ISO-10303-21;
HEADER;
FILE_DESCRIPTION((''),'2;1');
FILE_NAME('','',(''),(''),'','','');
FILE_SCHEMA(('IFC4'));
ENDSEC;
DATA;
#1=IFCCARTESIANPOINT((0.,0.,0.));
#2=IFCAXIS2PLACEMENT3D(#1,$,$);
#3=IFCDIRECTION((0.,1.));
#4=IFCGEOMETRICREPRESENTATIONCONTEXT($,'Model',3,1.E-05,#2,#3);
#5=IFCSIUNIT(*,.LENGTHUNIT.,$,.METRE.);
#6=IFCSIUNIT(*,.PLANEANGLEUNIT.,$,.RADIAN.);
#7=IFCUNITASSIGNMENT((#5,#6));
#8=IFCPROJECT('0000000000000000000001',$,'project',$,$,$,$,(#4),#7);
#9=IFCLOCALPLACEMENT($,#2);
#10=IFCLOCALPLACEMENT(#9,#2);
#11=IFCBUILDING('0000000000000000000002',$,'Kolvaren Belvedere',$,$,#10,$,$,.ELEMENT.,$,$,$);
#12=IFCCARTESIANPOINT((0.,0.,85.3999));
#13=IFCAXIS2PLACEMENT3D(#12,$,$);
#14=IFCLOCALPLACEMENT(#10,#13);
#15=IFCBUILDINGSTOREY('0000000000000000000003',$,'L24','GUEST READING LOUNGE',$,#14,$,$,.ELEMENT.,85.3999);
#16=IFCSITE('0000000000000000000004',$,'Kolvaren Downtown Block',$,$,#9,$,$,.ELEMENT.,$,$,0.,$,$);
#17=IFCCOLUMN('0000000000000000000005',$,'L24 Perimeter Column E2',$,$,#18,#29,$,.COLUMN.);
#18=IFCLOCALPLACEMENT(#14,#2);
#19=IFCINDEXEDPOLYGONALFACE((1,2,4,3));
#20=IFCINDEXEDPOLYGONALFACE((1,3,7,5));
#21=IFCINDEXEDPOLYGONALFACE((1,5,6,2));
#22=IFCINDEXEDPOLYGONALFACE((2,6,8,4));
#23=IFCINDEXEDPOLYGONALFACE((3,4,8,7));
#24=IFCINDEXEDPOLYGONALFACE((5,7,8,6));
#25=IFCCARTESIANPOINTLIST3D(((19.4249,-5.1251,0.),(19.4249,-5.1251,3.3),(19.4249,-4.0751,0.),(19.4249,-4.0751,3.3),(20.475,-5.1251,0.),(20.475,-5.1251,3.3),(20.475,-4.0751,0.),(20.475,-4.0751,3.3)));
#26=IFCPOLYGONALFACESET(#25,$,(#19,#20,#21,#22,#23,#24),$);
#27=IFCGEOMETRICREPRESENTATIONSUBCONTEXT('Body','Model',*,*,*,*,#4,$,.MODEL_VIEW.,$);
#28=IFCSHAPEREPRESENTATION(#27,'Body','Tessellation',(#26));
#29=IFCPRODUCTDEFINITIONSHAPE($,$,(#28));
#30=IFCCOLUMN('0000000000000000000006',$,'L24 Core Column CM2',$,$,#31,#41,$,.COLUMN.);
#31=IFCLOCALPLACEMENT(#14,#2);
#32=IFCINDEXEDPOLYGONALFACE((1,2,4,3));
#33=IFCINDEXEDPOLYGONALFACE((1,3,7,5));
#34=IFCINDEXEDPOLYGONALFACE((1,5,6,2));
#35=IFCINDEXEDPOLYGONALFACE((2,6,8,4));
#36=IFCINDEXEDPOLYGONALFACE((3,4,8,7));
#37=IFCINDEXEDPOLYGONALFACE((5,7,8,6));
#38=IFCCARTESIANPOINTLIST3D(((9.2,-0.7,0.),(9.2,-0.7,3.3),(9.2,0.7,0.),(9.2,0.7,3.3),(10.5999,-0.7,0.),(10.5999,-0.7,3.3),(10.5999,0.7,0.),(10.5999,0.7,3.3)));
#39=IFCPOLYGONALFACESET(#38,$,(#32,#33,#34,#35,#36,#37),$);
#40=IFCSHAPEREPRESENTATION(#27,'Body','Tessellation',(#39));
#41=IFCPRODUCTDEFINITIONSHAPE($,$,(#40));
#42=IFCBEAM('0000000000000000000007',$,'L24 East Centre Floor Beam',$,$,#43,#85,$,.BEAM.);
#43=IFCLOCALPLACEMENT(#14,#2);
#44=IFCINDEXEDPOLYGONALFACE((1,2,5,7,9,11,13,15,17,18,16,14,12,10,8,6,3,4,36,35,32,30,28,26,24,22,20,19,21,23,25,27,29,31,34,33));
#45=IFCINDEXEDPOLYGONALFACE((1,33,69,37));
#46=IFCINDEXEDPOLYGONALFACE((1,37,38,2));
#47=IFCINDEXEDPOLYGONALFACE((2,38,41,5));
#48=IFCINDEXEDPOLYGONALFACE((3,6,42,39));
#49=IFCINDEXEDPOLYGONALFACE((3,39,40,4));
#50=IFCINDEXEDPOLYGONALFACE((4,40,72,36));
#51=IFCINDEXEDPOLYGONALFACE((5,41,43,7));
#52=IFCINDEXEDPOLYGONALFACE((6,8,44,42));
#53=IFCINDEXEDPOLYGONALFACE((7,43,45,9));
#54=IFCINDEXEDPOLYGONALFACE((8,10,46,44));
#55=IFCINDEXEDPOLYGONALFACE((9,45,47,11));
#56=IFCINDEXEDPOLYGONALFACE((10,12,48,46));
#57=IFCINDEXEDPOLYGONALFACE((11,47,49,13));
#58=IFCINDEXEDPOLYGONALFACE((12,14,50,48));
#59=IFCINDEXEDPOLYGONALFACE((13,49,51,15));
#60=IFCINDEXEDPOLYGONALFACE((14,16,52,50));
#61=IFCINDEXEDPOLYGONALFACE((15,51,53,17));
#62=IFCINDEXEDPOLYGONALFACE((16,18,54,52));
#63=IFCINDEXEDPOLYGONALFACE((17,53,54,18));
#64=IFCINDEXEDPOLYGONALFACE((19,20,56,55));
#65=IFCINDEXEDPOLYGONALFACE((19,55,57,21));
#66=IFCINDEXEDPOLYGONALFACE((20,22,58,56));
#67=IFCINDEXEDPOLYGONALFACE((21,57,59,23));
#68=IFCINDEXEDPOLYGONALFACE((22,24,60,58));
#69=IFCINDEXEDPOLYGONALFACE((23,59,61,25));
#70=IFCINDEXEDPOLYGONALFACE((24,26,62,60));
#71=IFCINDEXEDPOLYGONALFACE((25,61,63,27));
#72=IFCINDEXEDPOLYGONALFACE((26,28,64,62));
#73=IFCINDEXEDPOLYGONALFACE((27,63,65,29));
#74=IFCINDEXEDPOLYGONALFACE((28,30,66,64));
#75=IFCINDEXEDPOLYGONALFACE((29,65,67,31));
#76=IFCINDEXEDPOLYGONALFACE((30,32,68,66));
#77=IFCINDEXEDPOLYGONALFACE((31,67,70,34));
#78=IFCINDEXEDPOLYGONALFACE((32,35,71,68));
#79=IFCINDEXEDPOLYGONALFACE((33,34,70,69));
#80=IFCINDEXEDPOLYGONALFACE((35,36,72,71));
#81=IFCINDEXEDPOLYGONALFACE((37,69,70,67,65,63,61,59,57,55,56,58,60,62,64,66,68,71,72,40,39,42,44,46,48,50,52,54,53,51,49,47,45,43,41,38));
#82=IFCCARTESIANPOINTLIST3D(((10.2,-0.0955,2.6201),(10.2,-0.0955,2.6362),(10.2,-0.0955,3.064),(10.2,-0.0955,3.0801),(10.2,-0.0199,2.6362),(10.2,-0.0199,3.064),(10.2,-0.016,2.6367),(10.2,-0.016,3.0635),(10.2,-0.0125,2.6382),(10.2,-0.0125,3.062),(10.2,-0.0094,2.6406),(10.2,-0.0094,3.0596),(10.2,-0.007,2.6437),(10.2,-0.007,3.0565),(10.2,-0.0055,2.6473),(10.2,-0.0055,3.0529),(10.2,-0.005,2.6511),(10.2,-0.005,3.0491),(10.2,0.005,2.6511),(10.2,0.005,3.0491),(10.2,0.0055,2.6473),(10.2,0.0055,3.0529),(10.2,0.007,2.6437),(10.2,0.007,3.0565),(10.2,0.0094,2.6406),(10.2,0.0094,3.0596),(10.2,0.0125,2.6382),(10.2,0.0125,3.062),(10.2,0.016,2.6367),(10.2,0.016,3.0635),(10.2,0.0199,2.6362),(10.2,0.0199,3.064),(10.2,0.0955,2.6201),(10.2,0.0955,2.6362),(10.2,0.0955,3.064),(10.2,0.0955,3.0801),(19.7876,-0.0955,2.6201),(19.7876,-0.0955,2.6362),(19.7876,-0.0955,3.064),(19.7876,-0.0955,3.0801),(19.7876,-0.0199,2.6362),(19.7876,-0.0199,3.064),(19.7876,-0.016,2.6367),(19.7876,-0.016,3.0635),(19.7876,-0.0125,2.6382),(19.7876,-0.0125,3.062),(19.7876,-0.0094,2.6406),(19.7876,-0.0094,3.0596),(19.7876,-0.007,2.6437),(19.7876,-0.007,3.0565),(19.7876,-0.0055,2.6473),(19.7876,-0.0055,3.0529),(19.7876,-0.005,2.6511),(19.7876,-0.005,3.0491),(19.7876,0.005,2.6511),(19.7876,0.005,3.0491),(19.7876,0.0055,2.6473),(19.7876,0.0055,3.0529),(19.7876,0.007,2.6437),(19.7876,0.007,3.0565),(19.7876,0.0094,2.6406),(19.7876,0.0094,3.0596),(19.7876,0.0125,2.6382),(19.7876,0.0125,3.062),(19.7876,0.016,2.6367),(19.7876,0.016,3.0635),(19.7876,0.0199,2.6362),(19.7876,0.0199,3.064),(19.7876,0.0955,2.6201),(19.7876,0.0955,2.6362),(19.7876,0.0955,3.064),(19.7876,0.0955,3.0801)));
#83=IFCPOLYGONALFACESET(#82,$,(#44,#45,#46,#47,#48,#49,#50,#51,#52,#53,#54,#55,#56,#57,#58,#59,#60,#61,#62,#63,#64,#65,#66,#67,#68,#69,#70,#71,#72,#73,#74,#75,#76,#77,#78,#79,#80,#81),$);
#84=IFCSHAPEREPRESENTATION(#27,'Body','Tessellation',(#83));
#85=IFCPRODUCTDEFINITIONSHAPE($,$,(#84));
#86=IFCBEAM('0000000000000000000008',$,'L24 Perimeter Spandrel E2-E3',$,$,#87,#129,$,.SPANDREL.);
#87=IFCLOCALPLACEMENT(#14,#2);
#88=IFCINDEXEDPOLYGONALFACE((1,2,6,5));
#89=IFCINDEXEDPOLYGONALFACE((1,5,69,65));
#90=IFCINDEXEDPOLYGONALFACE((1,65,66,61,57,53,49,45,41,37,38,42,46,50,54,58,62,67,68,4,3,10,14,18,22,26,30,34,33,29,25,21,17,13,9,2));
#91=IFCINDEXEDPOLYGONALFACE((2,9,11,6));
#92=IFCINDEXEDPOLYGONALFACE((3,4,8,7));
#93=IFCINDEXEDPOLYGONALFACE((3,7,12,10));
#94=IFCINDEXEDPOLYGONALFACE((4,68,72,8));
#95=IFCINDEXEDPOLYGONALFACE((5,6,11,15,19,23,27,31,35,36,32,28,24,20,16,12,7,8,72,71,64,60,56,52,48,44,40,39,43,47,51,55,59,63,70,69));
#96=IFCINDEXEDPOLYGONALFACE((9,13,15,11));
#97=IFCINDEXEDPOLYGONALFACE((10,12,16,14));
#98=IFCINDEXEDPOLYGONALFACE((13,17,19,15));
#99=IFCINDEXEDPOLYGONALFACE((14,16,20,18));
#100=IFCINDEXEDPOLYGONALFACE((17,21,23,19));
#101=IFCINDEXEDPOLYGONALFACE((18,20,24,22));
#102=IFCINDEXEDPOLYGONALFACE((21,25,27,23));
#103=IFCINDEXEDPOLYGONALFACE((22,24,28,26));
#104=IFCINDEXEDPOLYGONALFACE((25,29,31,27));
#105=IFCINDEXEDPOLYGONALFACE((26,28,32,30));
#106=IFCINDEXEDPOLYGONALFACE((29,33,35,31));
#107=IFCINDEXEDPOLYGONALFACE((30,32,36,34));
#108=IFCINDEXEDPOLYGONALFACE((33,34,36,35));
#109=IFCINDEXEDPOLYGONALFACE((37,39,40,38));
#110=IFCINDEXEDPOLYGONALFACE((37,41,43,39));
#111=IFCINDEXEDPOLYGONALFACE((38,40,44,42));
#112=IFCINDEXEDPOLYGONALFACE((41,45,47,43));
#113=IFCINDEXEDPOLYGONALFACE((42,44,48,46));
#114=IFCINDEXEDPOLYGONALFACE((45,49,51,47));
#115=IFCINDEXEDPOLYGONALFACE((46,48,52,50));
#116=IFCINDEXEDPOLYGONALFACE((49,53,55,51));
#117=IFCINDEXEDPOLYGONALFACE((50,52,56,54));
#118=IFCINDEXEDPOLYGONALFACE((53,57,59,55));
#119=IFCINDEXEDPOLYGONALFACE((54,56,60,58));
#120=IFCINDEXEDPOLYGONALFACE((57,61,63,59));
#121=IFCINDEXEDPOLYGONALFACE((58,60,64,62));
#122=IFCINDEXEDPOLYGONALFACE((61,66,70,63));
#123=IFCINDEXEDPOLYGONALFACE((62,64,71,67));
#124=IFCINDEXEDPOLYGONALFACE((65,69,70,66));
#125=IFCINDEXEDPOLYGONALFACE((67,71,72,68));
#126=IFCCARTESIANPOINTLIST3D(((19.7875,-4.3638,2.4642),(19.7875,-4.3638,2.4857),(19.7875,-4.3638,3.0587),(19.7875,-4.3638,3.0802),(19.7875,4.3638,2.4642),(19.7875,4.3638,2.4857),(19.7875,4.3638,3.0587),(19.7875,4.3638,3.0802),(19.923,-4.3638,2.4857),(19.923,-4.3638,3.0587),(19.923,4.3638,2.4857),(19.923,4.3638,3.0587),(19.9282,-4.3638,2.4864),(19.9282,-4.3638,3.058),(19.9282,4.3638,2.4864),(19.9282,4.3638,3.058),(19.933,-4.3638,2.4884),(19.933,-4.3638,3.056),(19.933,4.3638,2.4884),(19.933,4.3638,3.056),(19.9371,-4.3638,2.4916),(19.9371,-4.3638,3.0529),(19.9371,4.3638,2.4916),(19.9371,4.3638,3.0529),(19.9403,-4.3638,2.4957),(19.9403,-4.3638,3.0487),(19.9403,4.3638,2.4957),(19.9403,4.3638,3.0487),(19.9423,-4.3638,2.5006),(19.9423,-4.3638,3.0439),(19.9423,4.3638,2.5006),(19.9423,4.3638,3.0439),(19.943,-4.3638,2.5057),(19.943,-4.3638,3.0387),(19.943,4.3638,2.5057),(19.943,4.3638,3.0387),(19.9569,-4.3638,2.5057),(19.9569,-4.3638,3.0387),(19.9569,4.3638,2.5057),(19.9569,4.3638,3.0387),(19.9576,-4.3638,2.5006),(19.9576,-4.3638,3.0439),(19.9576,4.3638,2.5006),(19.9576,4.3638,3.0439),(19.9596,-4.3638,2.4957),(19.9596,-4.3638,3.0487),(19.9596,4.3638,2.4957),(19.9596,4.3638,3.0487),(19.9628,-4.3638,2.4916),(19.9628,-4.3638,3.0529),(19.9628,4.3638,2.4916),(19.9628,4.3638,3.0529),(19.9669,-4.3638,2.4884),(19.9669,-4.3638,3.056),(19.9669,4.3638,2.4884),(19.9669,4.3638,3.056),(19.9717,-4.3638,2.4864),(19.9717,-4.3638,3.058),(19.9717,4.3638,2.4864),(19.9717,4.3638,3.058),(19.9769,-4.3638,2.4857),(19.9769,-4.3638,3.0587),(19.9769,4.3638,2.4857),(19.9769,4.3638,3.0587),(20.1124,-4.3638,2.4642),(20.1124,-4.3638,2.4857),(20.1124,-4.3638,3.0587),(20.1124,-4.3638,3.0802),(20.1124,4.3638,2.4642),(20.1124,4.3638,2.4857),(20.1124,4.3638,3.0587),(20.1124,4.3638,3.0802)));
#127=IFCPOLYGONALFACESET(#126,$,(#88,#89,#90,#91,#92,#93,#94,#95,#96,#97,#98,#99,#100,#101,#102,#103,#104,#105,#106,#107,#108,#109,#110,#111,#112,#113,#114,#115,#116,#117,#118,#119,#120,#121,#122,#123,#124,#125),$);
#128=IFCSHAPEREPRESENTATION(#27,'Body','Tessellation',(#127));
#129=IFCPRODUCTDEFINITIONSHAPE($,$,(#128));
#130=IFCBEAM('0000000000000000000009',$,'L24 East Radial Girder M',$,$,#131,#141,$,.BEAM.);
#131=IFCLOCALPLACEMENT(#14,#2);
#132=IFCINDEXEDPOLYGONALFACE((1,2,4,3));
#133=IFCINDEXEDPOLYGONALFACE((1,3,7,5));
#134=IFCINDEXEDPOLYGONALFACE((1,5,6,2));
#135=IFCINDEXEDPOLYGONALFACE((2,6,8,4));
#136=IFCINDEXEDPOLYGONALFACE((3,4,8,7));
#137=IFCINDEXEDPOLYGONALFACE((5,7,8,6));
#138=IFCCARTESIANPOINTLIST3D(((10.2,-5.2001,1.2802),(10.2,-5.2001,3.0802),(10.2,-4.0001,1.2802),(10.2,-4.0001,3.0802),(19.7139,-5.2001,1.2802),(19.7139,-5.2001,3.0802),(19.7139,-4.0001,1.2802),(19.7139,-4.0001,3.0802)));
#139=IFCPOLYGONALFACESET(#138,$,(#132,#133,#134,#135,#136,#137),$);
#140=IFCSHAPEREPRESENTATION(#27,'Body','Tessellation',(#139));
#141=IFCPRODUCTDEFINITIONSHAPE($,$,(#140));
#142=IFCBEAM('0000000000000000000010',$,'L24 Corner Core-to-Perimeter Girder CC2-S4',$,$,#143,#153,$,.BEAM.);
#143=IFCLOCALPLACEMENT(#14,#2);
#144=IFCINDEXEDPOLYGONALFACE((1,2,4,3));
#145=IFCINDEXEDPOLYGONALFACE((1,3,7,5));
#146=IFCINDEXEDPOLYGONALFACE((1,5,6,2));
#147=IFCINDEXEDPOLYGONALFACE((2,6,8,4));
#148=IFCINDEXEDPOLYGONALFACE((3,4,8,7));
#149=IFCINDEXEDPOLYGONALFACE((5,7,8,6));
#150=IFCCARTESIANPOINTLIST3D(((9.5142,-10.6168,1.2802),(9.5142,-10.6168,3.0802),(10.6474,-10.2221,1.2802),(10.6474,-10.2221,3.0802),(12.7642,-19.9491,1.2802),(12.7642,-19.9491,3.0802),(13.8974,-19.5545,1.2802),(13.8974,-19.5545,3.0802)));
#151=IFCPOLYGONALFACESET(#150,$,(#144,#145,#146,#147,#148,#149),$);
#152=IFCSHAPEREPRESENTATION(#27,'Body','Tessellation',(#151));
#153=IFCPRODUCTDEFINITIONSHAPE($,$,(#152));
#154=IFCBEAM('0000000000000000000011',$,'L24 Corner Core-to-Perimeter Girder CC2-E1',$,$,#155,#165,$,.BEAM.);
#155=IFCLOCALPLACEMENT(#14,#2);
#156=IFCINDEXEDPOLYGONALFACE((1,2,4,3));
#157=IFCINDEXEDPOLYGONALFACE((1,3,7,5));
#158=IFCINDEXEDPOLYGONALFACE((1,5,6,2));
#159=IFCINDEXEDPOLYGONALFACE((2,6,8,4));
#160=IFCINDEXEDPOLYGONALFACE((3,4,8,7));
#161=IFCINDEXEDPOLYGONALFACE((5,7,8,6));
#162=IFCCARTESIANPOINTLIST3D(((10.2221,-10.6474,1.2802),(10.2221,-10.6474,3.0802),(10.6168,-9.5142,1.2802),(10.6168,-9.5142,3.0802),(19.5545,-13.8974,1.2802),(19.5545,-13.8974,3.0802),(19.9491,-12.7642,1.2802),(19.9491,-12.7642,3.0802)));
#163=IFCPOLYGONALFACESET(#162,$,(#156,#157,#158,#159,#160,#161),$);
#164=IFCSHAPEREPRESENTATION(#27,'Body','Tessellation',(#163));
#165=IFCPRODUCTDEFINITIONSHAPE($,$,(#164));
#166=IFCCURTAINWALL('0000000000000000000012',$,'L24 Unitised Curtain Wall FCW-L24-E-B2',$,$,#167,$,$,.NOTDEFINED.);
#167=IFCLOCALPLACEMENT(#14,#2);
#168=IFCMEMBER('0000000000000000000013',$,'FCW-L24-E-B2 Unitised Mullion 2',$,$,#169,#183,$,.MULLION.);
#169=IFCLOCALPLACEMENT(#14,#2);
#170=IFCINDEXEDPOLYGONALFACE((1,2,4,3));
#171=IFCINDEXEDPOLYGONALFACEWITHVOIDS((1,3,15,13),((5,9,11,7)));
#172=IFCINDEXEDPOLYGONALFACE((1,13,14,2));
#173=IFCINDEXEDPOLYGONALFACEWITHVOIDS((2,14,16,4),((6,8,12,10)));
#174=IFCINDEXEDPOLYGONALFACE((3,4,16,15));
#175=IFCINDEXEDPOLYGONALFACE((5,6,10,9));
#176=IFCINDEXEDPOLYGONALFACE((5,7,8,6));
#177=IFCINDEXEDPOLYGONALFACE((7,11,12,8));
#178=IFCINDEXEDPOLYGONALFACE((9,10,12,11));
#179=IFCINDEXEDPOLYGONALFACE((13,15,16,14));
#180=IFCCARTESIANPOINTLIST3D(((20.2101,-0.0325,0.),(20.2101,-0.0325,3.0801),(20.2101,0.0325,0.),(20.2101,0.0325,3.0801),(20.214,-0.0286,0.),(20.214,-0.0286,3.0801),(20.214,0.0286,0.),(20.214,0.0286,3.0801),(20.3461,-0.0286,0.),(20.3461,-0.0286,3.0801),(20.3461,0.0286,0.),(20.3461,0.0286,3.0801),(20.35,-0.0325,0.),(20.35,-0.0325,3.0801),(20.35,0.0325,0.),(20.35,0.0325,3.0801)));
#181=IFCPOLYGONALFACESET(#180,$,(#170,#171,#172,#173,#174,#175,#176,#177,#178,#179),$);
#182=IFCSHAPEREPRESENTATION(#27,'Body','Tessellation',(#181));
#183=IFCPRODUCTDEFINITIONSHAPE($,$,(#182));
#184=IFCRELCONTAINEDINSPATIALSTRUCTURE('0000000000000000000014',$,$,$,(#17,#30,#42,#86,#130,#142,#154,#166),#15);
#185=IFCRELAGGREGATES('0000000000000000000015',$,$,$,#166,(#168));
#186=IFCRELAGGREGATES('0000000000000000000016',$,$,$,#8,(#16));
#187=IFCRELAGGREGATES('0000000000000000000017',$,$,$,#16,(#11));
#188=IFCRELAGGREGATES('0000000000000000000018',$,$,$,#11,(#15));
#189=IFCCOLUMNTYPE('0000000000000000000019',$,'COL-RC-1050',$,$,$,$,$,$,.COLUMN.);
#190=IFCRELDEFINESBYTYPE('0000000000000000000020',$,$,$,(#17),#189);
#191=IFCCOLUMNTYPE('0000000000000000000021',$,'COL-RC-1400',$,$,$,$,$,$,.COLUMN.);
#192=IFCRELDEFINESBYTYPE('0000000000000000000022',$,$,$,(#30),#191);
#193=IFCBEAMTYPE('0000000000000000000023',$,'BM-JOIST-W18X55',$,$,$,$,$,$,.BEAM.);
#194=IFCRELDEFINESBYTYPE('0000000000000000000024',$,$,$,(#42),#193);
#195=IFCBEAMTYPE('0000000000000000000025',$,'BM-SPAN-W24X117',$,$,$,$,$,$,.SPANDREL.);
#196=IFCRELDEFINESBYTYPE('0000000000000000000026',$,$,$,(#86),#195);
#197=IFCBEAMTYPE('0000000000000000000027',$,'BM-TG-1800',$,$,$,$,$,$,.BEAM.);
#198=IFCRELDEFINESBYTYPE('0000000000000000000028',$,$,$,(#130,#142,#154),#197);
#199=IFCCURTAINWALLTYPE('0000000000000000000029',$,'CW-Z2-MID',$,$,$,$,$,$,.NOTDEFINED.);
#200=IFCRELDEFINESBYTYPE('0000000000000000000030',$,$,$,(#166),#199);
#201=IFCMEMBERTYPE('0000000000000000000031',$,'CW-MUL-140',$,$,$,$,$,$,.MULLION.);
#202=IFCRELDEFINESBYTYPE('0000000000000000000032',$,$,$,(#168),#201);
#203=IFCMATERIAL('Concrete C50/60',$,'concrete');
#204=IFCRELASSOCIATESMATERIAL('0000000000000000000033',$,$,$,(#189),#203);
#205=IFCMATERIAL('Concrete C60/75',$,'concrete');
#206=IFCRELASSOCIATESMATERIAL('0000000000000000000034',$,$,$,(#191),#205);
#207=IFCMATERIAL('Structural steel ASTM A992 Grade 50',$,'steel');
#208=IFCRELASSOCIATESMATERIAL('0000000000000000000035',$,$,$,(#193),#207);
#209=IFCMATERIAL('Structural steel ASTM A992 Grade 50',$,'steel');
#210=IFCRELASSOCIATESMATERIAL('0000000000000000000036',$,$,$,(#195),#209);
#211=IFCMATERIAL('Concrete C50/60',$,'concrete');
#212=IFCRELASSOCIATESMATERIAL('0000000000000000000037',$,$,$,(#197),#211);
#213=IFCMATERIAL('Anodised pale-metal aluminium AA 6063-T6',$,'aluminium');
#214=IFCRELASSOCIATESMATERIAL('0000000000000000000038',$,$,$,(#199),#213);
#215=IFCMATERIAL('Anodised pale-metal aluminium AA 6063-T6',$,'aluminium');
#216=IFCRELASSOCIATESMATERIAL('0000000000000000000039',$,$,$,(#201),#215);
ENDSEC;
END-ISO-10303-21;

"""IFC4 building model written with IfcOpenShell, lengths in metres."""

from ifc_helpers import new_model, si_unit, direction, frame, origin, origin_2d, place, context, subcontext, project, spatial, rectangle, hollow_rectangle, i_section, extrude, material, material_profile, profile_set, type_object, element, aggregate, save


model = new_model("IFC4")

# Units and contexts
model_context = context("Model", 3, precision=1e-05, world=origin(), true_north=direction((0.0, 1.0)))
body_context = subcontext(model_context, "Body", "Model", "MODEL_VIEW")
ifc_project = project(units=[si_unit("LENGTHUNIT", "METRE"), si_unit("PLANEANGLEUNIT", "RADIAN")], contexts=[model_context])

# Site, building, storey
site_placement = place(None, origin())
site = spatial("IfcSite", under=ifc_project, at=site_placement, Name="Kolvaren Downtown Block", CompositionType="ELEMENT", RefElevation=0.0)
building_placement = place(site_placement, origin())
building = spatial("IfcBuilding", under=site, at=building_placement, Name="Kolvaren Belvedere", CompositionType="ELEMENT")
storey_placement = place(building_placement, frame((0.0, 0.0, 85.3999)))
storey = spatial("IfcBuildingStorey", under=building, at=storey_placement, Name="L24", Description="GUEST READING LOUNGE", CompositionType="ELEMENT", Elevation=85.3999)

# Columns
ifc_material_1 = material(Name="Concrete C50/60", Category="concrete")
ifc_material_profile_1 = material_profile(ifc_material_1, rectangle(XDim=1.05, YDim=1.05, at=origin_2d()), Name="RC 1050X1050")
ifc_profile_set_1 = profile_set([ifc_material_profile_1], Name="Concrete C50/60")
column_type_1 = type_object("IfcColumnType", Name="COL-RC-1050", PredefinedType="COLUMN", material=ifc_profile_set_1)
column_1_placement = place(storey_placement, frame((19.95, -4.6001, 0.0), z_axis=(0.0, 0.0, 1.0), x_axis=(1.0, 0.0, 0.0)))
element("IfcColumn", 1, at=column_1_placement, inside=storey, type_object=column_type_1, Name="L24 Perimeter Column E2", PredefinedType="COLUMN", context=body_context, shape_type="SweptSolid", body=[
    extrude(rectangle(XDim=1.05, YDim=1.05, at=origin_2d()), origin(), (0.0, 0.0, 1.0), 3.3),
])
ifc_material_2 = material(Name="Concrete C60/75", Category="concrete")
ifc_material_profile_2 = material_profile(ifc_material_2, rectangle(XDim=1.3999, YDim=1.3999, at=origin_2d()), Name="RC 1400X1400")
ifc_profile_set_2 = profile_set([ifc_material_profile_2], Name="Concrete C60/75")
column_type_2 = type_object("IfcColumnType", Name="COL-RC-1400", PredefinedType="COLUMN", material=ifc_profile_set_2)
column_2_placement = place(storey_placement, frame((9.8999, 0.0, 0.0), z_axis=(0.0, 0.0, 1.0), x_axis=(1.0, 0.0, 0.0)))
element("IfcColumn", 2, at=column_2_placement, inside=storey, type_object=column_type_2, Name="L24 Core Column CM2", PredefinedType="COLUMN", context=body_context, shape_type="SweptSolid", body=[
    extrude(rectangle(XDim=1.3999, YDim=1.3999, at=origin_2d()), origin(), (0.0, 0.0, 1.0), 3.3),
])

# Beams
ifc_material_3 = material(Name="Structural steel ASTM A992 Grade 50", Category="steel")
ifc_material_profile_3 = material_profile(ifc_material_3, i_section(OverallWidth=0.1909, OverallDepth=0.46, WebThickness=0.01, FlangeThickness=0.0161, FilletRadius=0.0149, at=origin_2d()), Name="W18X55")
ifc_profile_set_3 = profile_set([ifc_material_profile_3], Name="Structural steel ASTM A992 Grade 50")
beam_type_1 = type_object("IfcBeamType", Name="BM-JOIST-W18X55", PredefinedType="BEAM", material=ifc_profile_set_3)
beam_1_placement = place(storey_placement, frame((10.2, 0.0, 2.8501), z_axis=(1.0, 0.0, 0.0), x_axis=(0.0, 1.0, 0.0)))
element("IfcBeam", 3, at=beam_1_placement, inside=storey, type_object=beam_type_1, Name="L24 East Centre Floor Beam", PredefinedType="BEAM", context=body_context, shape_type="SweptSolid", body=[
    extrude(i_section(OverallWidth=0.1909, OverallDepth=0.46, WebThickness=0.01, FlangeThickness=0.0161, FilletRadius=0.0149, at=origin_2d()), origin(), (0.0, 0.0, 1.0), 9.5876),
])
ifc_material_4 = material(Name="Structural steel ASTM A992 Grade 50", Category="steel")
ifc_material_profile_4 = material_profile(ifc_material_4, i_section(OverallWidth=0.325, OverallDepth=0.616, WebThickness=0.0139, FlangeThickness=0.0215, FilletRadius=0.02, at=origin_2d()), Name="W24X117")
ifc_profile_set_4 = profile_set([ifc_material_profile_4], Name="Structural steel ASTM A992 Grade 50")
beam_type_2 = type_object("IfcBeamType", Name="BM-SPAN-W24X117", PredefinedType="SPANDREL", material=ifc_profile_set_4)
beam_2_placement = place(storey_placement, frame((19.95, -4.3638, 2.7722), z_axis=(0.0, 1.0, 0.0), x_axis=(-1.0, 0.0, 0.0)))
element("IfcBeam", 4, at=beam_2_placement, inside=storey, type_object=beam_type_2, Name="L24 Perimeter Spandrel E2-E3", PredefinedType="SPANDREL", context=body_context, shape_type="SweptSolid", body=[
    extrude(i_section(OverallWidth=0.325, OverallDepth=0.616, WebThickness=0.0139, FlangeThickness=0.0215, FilletRadius=0.02, at=origin_2d()), origin(), (0.0, 0.0, 1.0), 8.7275),
])
ifc_material_5 = material(Name="Concrete C50/60", Category="concrete")
ifc_material_profile_5 = material_profile(ifc_material_5, rectangle(XDim=1.2, YDim=1.8, at=origin_2d()), Name="RC 1200X1800")
ifc_profile_set_5 = profile_set([ifc_material_profile_5], Name="Concrete C50/60")
beam_type_3 = type_object("IfcBeamType", Name="BM-TG-1800", PredefinedType="BEAM", material=ifc_profile_set_5)
beam_3_placement = place(storey_placement, frame((10.2, -4.6001, 2.1802), z_axis=(1.0, 0.0, 0.0), x_axis=(0.0, 1.0, 0.0)))
element("IfcBeam", 5, at=beam_3_placement, inside=storey, type_object=beam_type_3, Name="L24 East Radial Girder M", PredefinedType="BEAM", context=body_context, shape_type="SweptSolid", body=[
    extrude(rectangle(XDim=1.2, YDim=1.8, at=origin_2d()), origin(), (0.0, 0.0, 1.0), 9.5139),
])
for number, where, z_axis, x_axis, name in (
    (6, (10.0808, -10.4194, 2.1802), (0.328881, -0.944371, 0.0), (0.944371, 0.328881, 0.0), "L24 Corner Core-to-Perimeter Girder CC2-S4"),
    (7, (10.4194, -10.0808, 2.1802), (0.944371, -0.328881, 0.0), (0.328881, 0.944371, 0.0), "L24 Corner Core-to-Perimeter Girder CC2-E1"),
):
    element("IfcBeam", number, at=place(storey_placement, frame(where, z_axis=z_axis, x_axis=x_axis)), inside=storey, type_object=beam_type_3, Name=name, PredefinedType="BEAM", context=body_context, shape_type="SweptSolid", body=[
        extrude(rectangle(XDim=1.2, YDim=1.8, at=origin_2d()), origin(), (0.0, 0.0, 1.0), 9.8821),
    ])

# Curtain wall, member
ifc_material_6 = material(Name="Anodised pale-metal aluminium AA 6063-T6", Category="aluminium")
curtain_wall_type = type_object("IfcCurtainWallType", Name="CW-Z2-MID", PredefinedType="NOTDEFINED", material=ifc_material_6)
curtain_wall_1_placement = place(storey_placement, origin())
curtain_wall_1 = element("IfcCurtainWall", 8, at=curtain_wall_1_placement, inside=storey, type_object=curtain_wall_type, Name="L24 Unitised Curtain Wall FCW-L24-E-B2", PredefinedType="NOTDEFINED")
ifc_material_7 = material(Name="Anodised pale-metal aluminium AA 6063-T6", Category="aluminium")
ifc_material_profile_6 = material_profile(ifc_material_7, hollow_rectangle(XDim=0.0649, YDim=0.1399, WallThickness=0.0039, at=origin_2d()), Name="ALU-MUL-140X65")
ifc_profile_set_6 = profile_set([ifc_material_profile_6], Name="Anodised pale-metal aluminium AA 6063-T6")
member_type_1 = type_object("IfcMemberType", Name="CW-MUL-140", PredefinedType="MULLION", material=ifc_profile_set_6)
member_1_placement = place(storey_placement, frame((20.28, 0.0, 0.0), z_axis=(0.0, 0.0, 1.0), x_axis=(0.0, 1.0, 0.0)))
member_1 = element("IfcMember", 9, at=member_1_placement, type_object=member_type_1, Name="FCW-L24-E-B2 Unitised Mullion 2", PredefinedType="MULLION", context=body_context, shape_type="SweptSolid", body=[
    extrude(hollow_rectangle(XDim=0.0649, YDim=0.1399, WallThickness=0.0039, at=origin_2d()), origin(), (0.0, 0.0, 1.0), 3.0801),
])

aggregate(curtain_wall_1, [member_1])

save(model, "model.ifc")
